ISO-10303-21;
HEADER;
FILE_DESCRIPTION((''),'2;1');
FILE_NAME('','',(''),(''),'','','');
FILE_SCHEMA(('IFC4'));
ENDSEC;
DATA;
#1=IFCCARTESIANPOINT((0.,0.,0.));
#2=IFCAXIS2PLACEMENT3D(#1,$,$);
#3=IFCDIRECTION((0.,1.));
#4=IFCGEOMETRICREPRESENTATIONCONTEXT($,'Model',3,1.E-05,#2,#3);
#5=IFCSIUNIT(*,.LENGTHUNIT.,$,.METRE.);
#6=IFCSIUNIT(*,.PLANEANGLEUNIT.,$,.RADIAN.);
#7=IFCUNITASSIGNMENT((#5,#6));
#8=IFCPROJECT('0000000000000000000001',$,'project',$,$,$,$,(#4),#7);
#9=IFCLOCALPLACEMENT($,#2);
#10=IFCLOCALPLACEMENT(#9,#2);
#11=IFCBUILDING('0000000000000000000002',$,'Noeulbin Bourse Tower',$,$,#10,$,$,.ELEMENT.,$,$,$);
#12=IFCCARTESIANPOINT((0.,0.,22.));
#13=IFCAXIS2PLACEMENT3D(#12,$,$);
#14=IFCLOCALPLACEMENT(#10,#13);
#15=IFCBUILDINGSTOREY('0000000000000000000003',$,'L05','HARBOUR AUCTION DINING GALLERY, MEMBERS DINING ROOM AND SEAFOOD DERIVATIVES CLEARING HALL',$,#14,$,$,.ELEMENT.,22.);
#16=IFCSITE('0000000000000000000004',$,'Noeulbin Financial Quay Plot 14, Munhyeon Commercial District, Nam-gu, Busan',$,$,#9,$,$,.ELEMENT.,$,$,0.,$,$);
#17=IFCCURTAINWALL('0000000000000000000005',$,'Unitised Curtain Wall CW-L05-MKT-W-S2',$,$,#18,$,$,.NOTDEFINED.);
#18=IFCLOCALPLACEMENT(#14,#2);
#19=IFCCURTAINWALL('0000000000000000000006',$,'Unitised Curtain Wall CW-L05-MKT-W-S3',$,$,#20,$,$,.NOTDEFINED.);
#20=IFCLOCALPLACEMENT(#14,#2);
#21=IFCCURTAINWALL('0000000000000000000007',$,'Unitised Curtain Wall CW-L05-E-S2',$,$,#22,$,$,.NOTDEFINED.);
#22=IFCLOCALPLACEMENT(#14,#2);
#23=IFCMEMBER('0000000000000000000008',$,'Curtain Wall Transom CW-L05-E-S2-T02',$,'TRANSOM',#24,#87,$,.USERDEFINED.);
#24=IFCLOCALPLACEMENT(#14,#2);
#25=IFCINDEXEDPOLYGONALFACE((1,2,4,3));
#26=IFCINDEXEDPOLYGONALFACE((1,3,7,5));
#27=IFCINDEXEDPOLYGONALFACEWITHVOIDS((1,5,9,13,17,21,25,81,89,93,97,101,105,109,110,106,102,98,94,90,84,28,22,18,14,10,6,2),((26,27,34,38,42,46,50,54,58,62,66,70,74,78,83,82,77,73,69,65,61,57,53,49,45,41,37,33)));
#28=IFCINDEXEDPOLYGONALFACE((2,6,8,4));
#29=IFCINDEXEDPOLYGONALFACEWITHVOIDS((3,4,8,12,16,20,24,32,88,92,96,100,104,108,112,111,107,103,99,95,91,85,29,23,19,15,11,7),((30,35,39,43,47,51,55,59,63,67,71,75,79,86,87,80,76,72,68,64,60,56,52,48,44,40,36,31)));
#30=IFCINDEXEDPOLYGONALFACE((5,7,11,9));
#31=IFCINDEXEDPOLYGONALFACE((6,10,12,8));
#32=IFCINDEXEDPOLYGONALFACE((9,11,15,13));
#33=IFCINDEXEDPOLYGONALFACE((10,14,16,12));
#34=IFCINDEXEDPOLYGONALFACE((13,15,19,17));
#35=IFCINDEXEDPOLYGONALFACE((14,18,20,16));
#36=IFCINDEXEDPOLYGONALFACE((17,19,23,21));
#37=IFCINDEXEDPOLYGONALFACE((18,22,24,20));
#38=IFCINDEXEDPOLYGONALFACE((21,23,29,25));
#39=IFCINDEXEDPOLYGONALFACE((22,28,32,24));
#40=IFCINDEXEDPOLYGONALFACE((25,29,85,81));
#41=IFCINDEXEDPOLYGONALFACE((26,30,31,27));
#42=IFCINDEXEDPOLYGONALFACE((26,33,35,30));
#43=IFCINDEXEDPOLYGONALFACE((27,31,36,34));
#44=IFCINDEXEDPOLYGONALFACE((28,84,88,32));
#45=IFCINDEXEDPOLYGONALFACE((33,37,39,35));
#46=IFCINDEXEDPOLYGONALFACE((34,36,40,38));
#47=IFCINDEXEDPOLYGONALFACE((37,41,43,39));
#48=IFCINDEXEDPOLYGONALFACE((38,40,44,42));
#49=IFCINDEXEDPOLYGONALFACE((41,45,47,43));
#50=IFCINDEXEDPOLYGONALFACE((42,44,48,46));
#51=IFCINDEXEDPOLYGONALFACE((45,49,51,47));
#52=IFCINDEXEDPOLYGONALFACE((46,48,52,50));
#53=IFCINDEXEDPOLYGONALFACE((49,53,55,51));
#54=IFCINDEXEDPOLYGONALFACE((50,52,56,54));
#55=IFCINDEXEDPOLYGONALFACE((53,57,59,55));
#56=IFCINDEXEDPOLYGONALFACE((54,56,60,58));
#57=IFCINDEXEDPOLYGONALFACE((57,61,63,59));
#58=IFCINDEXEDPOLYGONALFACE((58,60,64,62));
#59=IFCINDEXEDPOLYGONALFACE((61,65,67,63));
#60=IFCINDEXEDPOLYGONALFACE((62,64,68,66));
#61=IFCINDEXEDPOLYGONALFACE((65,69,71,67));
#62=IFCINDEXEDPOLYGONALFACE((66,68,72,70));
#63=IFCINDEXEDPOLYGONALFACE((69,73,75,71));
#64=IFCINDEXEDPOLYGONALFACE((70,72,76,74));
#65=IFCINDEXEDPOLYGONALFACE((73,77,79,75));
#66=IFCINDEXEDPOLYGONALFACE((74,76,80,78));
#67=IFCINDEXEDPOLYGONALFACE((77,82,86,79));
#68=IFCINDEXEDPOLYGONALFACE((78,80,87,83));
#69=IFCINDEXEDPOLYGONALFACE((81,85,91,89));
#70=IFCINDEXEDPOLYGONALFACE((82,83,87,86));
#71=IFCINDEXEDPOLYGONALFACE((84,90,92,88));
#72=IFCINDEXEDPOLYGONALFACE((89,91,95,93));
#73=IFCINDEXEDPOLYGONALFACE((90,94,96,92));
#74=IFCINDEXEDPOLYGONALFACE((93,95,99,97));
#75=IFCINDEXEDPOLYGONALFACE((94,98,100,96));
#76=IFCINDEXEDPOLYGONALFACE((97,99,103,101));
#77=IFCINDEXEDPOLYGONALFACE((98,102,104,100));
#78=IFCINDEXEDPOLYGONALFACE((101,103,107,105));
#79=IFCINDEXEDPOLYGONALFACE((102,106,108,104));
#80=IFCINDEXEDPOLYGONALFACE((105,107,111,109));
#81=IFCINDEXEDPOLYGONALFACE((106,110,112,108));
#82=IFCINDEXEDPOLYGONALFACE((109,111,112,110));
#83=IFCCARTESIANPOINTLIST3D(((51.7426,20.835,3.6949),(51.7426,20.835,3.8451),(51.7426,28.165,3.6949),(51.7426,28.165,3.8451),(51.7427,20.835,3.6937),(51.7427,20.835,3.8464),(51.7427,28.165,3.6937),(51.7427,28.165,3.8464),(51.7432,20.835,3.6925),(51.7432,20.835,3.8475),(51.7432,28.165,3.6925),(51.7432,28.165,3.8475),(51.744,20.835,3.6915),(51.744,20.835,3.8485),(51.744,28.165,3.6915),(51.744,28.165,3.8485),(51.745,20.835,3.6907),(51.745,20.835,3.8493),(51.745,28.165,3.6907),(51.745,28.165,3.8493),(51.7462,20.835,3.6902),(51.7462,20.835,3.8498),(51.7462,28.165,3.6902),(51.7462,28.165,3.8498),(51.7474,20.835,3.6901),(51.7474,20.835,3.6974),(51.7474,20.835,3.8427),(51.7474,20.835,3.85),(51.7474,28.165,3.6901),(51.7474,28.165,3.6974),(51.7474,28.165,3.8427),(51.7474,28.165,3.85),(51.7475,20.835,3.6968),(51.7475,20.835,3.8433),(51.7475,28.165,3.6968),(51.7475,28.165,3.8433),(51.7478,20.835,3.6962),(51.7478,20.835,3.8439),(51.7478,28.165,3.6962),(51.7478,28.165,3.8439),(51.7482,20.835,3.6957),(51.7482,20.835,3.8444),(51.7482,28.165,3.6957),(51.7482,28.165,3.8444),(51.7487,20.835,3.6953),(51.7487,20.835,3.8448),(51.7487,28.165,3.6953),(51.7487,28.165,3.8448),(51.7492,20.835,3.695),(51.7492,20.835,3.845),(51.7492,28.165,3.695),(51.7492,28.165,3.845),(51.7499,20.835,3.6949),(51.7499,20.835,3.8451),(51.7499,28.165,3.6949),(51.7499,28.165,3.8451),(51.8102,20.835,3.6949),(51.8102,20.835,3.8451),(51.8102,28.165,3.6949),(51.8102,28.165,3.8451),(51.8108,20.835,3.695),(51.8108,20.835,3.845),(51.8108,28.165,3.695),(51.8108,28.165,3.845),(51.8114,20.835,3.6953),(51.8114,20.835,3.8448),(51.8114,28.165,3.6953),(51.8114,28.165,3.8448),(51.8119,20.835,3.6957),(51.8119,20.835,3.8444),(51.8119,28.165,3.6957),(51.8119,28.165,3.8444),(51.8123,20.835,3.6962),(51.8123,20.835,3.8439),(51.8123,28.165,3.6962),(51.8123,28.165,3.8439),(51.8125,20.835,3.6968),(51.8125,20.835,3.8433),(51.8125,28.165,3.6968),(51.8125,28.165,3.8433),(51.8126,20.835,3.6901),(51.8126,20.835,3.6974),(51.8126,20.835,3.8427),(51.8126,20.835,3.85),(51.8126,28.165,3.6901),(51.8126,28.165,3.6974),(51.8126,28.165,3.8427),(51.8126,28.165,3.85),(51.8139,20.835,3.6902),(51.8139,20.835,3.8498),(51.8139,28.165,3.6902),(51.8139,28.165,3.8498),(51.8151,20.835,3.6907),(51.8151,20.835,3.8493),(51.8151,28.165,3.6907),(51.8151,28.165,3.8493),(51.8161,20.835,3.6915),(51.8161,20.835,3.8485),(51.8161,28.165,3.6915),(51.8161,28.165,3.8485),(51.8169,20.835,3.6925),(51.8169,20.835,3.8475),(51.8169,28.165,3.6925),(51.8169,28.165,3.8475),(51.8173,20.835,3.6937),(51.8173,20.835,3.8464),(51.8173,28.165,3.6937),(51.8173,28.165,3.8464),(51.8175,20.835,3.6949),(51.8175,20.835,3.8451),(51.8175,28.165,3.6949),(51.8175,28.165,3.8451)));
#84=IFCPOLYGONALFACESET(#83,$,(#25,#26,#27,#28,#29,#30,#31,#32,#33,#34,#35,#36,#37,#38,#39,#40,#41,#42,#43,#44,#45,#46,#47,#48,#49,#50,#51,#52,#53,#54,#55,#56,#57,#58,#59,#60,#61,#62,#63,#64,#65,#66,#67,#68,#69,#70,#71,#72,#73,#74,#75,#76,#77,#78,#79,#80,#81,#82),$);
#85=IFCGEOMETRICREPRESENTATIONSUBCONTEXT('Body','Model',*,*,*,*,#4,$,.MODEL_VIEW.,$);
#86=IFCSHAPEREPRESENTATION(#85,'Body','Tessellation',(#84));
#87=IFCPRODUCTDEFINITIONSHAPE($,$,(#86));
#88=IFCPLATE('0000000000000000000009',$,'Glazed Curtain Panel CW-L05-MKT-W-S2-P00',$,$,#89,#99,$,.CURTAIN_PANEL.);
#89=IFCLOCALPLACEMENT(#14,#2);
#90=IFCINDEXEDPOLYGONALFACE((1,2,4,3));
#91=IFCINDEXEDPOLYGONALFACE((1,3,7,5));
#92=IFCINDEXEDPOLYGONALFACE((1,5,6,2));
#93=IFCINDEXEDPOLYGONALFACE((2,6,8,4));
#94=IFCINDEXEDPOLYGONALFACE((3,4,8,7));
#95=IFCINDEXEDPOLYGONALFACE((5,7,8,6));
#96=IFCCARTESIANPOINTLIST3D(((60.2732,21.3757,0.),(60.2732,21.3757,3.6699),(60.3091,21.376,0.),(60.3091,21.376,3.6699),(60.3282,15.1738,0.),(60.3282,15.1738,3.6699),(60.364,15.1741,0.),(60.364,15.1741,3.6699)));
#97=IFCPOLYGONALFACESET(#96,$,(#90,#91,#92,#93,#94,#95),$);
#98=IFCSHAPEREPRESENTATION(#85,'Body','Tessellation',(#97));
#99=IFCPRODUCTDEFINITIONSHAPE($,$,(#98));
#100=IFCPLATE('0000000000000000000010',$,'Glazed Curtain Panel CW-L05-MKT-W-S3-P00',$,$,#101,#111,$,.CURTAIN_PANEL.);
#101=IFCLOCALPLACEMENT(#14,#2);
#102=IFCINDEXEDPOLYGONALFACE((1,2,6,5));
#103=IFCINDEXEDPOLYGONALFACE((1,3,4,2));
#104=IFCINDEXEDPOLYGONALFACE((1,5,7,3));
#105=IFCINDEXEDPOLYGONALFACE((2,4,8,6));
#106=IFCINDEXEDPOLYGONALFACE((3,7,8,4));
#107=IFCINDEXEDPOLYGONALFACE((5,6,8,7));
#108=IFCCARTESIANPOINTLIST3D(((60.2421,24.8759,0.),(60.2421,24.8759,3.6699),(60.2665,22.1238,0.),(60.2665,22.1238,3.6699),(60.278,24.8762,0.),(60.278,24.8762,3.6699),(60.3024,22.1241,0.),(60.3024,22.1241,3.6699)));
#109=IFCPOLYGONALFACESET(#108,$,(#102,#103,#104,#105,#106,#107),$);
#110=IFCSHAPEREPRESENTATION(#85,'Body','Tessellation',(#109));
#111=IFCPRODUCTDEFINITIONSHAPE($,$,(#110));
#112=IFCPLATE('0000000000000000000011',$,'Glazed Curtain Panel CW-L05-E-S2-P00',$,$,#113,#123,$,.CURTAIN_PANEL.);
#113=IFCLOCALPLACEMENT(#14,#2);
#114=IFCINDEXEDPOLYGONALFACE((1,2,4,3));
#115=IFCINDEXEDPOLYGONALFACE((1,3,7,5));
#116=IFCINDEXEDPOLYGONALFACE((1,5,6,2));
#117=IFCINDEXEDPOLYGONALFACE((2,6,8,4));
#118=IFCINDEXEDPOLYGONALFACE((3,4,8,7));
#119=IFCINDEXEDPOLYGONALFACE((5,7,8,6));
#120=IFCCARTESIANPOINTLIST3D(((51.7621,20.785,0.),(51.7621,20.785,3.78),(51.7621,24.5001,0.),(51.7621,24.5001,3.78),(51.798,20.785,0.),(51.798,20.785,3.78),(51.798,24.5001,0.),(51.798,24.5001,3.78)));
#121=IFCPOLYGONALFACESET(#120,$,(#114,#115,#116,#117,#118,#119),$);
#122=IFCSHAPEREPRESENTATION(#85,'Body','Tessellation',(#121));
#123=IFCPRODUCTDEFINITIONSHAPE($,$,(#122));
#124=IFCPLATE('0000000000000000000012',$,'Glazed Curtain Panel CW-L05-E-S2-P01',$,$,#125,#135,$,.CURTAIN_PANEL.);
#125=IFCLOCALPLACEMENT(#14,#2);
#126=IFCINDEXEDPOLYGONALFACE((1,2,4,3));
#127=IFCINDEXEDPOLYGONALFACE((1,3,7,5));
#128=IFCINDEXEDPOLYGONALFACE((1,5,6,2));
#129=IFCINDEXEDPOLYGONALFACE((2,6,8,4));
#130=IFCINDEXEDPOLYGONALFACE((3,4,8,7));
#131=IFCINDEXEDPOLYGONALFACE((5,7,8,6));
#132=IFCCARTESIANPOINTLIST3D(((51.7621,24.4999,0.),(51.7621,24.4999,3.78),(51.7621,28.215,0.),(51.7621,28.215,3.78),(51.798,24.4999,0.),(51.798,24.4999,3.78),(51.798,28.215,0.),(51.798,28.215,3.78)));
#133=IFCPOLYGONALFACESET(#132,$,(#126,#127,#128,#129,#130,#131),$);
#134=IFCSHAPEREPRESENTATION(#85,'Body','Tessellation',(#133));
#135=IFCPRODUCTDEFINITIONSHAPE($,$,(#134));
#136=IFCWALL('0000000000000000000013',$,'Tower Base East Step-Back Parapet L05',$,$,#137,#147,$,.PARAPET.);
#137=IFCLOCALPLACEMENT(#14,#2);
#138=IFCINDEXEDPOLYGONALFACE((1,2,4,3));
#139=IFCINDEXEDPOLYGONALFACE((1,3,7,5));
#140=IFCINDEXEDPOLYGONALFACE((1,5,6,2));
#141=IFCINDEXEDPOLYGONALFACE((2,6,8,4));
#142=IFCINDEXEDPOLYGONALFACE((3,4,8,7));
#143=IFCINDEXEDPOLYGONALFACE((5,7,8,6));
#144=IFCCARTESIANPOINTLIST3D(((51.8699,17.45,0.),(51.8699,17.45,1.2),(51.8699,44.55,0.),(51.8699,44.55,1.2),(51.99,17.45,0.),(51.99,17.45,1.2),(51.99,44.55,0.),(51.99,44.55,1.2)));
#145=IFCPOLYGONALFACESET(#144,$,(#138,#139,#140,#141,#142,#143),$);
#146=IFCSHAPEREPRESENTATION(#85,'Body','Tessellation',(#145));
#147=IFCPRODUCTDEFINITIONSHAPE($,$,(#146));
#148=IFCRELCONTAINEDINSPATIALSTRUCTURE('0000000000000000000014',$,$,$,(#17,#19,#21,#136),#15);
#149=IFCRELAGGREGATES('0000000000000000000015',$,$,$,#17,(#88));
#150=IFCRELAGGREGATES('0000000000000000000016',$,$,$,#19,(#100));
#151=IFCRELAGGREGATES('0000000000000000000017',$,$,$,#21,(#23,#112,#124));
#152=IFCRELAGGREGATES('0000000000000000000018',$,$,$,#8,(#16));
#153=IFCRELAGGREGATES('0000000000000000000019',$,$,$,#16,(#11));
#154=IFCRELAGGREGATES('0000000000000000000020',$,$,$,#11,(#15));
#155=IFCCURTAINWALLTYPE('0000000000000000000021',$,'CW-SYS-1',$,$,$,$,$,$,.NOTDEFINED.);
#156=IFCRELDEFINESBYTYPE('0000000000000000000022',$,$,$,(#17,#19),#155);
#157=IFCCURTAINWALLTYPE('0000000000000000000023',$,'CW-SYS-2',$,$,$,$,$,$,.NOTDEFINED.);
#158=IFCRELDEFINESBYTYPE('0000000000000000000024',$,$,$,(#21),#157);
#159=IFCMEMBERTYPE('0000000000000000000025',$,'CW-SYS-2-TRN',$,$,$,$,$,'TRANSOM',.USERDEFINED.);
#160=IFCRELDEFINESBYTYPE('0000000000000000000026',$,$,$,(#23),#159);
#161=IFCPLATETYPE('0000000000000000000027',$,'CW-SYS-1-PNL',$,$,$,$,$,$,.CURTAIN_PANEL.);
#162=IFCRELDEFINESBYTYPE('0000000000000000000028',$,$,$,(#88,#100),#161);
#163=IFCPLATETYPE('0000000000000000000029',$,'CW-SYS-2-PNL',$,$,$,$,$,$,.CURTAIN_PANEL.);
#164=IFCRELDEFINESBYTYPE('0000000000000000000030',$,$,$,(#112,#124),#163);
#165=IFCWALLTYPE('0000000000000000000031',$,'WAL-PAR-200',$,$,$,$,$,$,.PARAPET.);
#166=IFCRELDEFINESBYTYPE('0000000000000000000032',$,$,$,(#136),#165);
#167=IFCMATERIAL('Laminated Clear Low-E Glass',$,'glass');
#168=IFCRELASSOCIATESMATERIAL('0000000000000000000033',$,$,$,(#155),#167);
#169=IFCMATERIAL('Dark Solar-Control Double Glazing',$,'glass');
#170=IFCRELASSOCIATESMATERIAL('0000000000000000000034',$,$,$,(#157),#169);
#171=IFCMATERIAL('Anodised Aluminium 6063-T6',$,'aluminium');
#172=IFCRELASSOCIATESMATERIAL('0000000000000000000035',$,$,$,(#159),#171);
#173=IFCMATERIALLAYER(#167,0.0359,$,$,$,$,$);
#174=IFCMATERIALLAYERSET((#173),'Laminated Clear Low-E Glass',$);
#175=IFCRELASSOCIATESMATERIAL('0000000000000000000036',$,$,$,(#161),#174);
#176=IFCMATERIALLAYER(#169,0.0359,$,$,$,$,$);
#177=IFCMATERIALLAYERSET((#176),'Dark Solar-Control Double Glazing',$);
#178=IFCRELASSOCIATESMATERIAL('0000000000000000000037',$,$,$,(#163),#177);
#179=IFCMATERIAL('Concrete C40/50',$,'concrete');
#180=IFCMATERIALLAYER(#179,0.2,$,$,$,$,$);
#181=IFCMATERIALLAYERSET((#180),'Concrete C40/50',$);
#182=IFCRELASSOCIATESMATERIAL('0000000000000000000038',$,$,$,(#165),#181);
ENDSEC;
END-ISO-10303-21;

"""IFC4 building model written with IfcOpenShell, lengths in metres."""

from ifc_helpers import new_model, si_unit, direction, frame, frame_2d, origin, origin_2d, place, context, subcontext, project, spatial, rectangle, hollow_rectangle, extrude, material, layer, layer_set, material_profile, profile_set, type_object, element, aggregate, save


model = new_model("IFC4")

# Units and contexts
model_context = context("Model", 3, precision=1e-05, world=origin(), true_north=direction((0.0, 1.0)))
body_context = subcontext(model_context, "Body", "Model", "MODEL_VIEW")
ifc_project = project(units=[si_unit("LENGTHUNIT", "METRE"), si_unit("PLANEANGLEUNIT", "RADIAN")], contexts=[model_context])

# Site, building, storey
site_placement = place(None, origin())
site = spatial("IfcSite", under=ifc_project, at=site_placement, Name="Noeulbin Financial Quay Plot 14, Munhyeon Commercial District, Nam-gu, Busan", CompositionType="ELEMENT", RefElevation=0.0)
building_placement = place(site_placement, origin())
building = spatial("IfcBuilding", under=site, at=building_placement, Name="Noeulbin Bourse Tower", CompositionType="ELEMENT")
storey_placement = place(building_placement, frame((0.0, 0.0, 22.0)))
storey = spatial("IfcBuildingStorey", under=building, at=storey_placement, Name="L05", Description="HARBOUR AUCTION DINING GALLERY, MEMBERS DINING ROOM AND SEAFOOD DERIVATIVES CLEARING HALL", CompositionType="ELEMENT", Elevation=22.0)

# Curtain wall
ifc_material_1 = material(Name="Laminated Clear Low-E Glass", Category="glass")
curtain_wall_type_1 = type_object("IfcCurtainWallType", Name="CW-SYS-1", PredefinedType="NOTDEFINED", material=ifc_material_1)
curtain_wall_1_placement = place(storey_placement, origin())
curtain_wall_1 = element("IfcCurtainWall", 1, at=curtain_wall_1_placement, inside=storey, type_object=curtain_wall_type_1, Name="Unitised Curtain Wall CW-L05-MKT-W-S2", PredefinedType="NOTDEFINED")
ifc_material_2 = material(Name="Anodised Aluminium 6063-T6", Category="aluminium")

# Curtain wall
curtain_wall_2_placement = place(storey_placement, origin())
curtain_wall_2 = element("IfcCurtainWall", 2, at=curtain_wall_2_placement, inside=storey, type_object=curtain_wall_type_1, Name="Unitised Curtain Wall CW-L05-MKT-W-S3", PredefinedType="NOTDEFINED")

# Curtain wall, member
ifc_material_3 = material(Name="Dark Solar-Control Double Glazing", Category="glass")
curtain_wall_type_2 = type_object("IfcCurtainWallType", Name="CW-SYS-2", PredefinedType="NOTDEFINED", material=ifc_material_3)
curtain_wall_3_placement = place(storey_placement, origin())
curtain_wall_3 = element("IfcCurtainWall", 3, at=curtain_wall_3_placement, inside=storey, type_object=curtain_wall_type_2, Name="Unitised Curtain Wall CW-L05-E-S2", PredefinedType="NOTDEFINED")
ifc_material_profile_1 = material_profile(ifc_material_2, hollow_rectangle(XDim=0.075, YDim=0.1599, WallThickness=0.0049, InnerFilletRadius=0.0024, OuterFilletRadius=0.0049, at=origin_2d()), Name="ALU-TRAN-75x160x5", Category="LoadBearing")
ifc_profile_set_1 = profile_set([ifc_material_profile_1], Name="Anodised Aluminium 6063-T6")
member_type_1 = type_object("IfcMemberType", Name="CW-SYS-2-TRN", ElementType="TRANSOM", PredefinedType="USERDEFINED", material=ifc_profile_set_1)
member_1_placement = place(storey_placement, frame((51.78, 20.835, 3.77), z_axis=(0.0, 1.0, 0.0), x_axis=(-1.0, 0.0, 0.0)))
member_1 = element("IfcMember", 4, at=member_1_placement, type_object=member_type_1, Name="Curtain Wall Transom CW-L05-E-S2-T02", ObjectType="TRANSOM", PredefinedType="USERDEFINED", context=body_context, shape_type="SweptSolid", body=[
    extrude(hollow_rectangle(XDim=0.075, YDim=0.1599, WallThickness=0.0049, InnerFilletRadius=0.0024, OuterFilletRadius=0.0049, at=origin_2d()), origin(), (0.0, 0.0, 1.0), 7.3301),
])

# Plates
ifc_layer_1 = layer(ifc_material_1, 0.0359)
ifc_layer_set_1 = layer_set([ifc_layer_1], Name="Laminated Clear Low-E Glass")
plate_type_1 = type_object("IfcPlateType", Name="CW-SYS-1-PNL", PredefinedType="CURTAIN_PANEL", material=ifc_layer_set_1)
plate_1_placement = place(storey_placement, frame((60.3186, 18.2749, 0.0), z_axis=(0.0, 0.0, 1.0), x_axis=(-0.008866, 0.999961, 0.0)))
plate_1 = element("IfcPlate", 5, at=plate_1_placement, type_object=plate_type_1, Name="Glazed Curtain Panel CW-L05-MKT-W-S2-P00", PredefinedType="CURTAIN_PANEL", context=body_context, shape_type="SweptSolid", body=[
    extrude(rectangle(XDim=6.2021, YDim=0.0359, at=origin_2d()), origin(), (0.0, 0.0, 1.0), 3.6699),
])
aggregate(curtain_wall_1, [plate_1])
plate_2_placement = place(storey_placement, frame((60.2722, 23.5, 0.0), z_axis=(0.0, 0.0, 1.0), x_axis=(-0.008866, 0.999961, 0.0)))
plate_2 = element("IfcPlate", 6, at=plate_2_placement, type_object=plate_type_1, Name="Glazed Curtain Panel CW-L05-MKT-W-S3-P00", PredefinedType="CURTAIN_PANEL", context=body_context, shape_type="SweptSolid", body=[
    extrude(rectangle(XDim=2.7522, YDim=0.0359, at=origin_2d()), origin(), (0.0, 0.0, 1.0), 3.6699),
])
aggregate(curtain_wall_2, [plate_2])
ifc_layer_2 = layer(ifc_material_3, 0.0359)
ifc_layer_set_2 = layer_set([ifc_layer_2], Name="Dark Solar-Control Double Glazing")
plate_type_2 = type_object("IfcPlateType", Name="CW-SYS-2-PNL", PredefinedType="CURTAIN_PANEL", material=ifc_layer_set_2)
plate_3_placement = place(storey_placement, frame((51.78, 22.6426, 0.0), z_axis=(0.0, 0.0, 1.0), x_axis=(0.0, 1.0, 0.0)))
plate_3 = element("IfcPlate", 7, at=plate_3_placement, type_object=plate_type_2, Name="Glazed Curtain Panel CW-L05-E-S2-P00", PredefinedType="CURTAIN_PANEL", context=body_context, shape_type="SweptSolid", body=[
    extrude(rectangle(XDim=3.7151, YDim=0.0359, at=origin_2d()), origin(), (0.0, 0.0, 1.0), 3.78),
])
plate_4_placement = place(storey_placement, frame((51.78, 26.3574, 0.0), z_axis=(0.0, 0.0, 1.0), x_axis=(0.0, 1.0, 0.0)))
plate_4 = element("IfcPlate", 8, at=plate_4_placement, type_object=plate_type_2, Name="Glazed Curtain Panel CW-L05-E-S2-P01", PredefinedType="CURTAIN_PANEL", context=body_context, shape_type="SweptSolid", body=[
    extrude(rectangle(XDim=3.7151, YDim=0.0359, at=origin_2d()), origin(), (0.0, 0.0, 1.0), 3.78),
])
aggregate(curtain_wall_3, [member_1, plate_3, plate_4])

# Wall
ifc_material_4 = material(Name="Concrete C40/50", Category="concrete")
ifc_layer_3 = layer(ifc_material_4, 0.2)
ifc_layer_set_3 = layer_set([ifc_layer_3], Name="Concrete C40/50")
wall_type = type_object("IfcWallType", Name="WAL-PAR-200", PredefinedType="PARAPET", material=ifc_layer_set_3)
wall_placement = place(storey_placement, frame((51.9299, 17.45, 0.0), z_axis=(0.0, 0.0, 1.0), x_axis=(0.0, 1.0, 0.0)))
element("IfcWall", 9, at=wall_placement, inside=storey, type_object=wall_type, Name="Tower Base East Step-Back Parapet L05", PredefinedType="PARAPET", context=body_context, shape_type="SweptSolid", body=[
    extrude(rectangle(XDim=27.1001, YDim=0.1201, at=frame_2d((13.55, 0.0))), origin(), (0.0, 0.0, 1.0), 1.2),
])

save(model, "model.ifc")
